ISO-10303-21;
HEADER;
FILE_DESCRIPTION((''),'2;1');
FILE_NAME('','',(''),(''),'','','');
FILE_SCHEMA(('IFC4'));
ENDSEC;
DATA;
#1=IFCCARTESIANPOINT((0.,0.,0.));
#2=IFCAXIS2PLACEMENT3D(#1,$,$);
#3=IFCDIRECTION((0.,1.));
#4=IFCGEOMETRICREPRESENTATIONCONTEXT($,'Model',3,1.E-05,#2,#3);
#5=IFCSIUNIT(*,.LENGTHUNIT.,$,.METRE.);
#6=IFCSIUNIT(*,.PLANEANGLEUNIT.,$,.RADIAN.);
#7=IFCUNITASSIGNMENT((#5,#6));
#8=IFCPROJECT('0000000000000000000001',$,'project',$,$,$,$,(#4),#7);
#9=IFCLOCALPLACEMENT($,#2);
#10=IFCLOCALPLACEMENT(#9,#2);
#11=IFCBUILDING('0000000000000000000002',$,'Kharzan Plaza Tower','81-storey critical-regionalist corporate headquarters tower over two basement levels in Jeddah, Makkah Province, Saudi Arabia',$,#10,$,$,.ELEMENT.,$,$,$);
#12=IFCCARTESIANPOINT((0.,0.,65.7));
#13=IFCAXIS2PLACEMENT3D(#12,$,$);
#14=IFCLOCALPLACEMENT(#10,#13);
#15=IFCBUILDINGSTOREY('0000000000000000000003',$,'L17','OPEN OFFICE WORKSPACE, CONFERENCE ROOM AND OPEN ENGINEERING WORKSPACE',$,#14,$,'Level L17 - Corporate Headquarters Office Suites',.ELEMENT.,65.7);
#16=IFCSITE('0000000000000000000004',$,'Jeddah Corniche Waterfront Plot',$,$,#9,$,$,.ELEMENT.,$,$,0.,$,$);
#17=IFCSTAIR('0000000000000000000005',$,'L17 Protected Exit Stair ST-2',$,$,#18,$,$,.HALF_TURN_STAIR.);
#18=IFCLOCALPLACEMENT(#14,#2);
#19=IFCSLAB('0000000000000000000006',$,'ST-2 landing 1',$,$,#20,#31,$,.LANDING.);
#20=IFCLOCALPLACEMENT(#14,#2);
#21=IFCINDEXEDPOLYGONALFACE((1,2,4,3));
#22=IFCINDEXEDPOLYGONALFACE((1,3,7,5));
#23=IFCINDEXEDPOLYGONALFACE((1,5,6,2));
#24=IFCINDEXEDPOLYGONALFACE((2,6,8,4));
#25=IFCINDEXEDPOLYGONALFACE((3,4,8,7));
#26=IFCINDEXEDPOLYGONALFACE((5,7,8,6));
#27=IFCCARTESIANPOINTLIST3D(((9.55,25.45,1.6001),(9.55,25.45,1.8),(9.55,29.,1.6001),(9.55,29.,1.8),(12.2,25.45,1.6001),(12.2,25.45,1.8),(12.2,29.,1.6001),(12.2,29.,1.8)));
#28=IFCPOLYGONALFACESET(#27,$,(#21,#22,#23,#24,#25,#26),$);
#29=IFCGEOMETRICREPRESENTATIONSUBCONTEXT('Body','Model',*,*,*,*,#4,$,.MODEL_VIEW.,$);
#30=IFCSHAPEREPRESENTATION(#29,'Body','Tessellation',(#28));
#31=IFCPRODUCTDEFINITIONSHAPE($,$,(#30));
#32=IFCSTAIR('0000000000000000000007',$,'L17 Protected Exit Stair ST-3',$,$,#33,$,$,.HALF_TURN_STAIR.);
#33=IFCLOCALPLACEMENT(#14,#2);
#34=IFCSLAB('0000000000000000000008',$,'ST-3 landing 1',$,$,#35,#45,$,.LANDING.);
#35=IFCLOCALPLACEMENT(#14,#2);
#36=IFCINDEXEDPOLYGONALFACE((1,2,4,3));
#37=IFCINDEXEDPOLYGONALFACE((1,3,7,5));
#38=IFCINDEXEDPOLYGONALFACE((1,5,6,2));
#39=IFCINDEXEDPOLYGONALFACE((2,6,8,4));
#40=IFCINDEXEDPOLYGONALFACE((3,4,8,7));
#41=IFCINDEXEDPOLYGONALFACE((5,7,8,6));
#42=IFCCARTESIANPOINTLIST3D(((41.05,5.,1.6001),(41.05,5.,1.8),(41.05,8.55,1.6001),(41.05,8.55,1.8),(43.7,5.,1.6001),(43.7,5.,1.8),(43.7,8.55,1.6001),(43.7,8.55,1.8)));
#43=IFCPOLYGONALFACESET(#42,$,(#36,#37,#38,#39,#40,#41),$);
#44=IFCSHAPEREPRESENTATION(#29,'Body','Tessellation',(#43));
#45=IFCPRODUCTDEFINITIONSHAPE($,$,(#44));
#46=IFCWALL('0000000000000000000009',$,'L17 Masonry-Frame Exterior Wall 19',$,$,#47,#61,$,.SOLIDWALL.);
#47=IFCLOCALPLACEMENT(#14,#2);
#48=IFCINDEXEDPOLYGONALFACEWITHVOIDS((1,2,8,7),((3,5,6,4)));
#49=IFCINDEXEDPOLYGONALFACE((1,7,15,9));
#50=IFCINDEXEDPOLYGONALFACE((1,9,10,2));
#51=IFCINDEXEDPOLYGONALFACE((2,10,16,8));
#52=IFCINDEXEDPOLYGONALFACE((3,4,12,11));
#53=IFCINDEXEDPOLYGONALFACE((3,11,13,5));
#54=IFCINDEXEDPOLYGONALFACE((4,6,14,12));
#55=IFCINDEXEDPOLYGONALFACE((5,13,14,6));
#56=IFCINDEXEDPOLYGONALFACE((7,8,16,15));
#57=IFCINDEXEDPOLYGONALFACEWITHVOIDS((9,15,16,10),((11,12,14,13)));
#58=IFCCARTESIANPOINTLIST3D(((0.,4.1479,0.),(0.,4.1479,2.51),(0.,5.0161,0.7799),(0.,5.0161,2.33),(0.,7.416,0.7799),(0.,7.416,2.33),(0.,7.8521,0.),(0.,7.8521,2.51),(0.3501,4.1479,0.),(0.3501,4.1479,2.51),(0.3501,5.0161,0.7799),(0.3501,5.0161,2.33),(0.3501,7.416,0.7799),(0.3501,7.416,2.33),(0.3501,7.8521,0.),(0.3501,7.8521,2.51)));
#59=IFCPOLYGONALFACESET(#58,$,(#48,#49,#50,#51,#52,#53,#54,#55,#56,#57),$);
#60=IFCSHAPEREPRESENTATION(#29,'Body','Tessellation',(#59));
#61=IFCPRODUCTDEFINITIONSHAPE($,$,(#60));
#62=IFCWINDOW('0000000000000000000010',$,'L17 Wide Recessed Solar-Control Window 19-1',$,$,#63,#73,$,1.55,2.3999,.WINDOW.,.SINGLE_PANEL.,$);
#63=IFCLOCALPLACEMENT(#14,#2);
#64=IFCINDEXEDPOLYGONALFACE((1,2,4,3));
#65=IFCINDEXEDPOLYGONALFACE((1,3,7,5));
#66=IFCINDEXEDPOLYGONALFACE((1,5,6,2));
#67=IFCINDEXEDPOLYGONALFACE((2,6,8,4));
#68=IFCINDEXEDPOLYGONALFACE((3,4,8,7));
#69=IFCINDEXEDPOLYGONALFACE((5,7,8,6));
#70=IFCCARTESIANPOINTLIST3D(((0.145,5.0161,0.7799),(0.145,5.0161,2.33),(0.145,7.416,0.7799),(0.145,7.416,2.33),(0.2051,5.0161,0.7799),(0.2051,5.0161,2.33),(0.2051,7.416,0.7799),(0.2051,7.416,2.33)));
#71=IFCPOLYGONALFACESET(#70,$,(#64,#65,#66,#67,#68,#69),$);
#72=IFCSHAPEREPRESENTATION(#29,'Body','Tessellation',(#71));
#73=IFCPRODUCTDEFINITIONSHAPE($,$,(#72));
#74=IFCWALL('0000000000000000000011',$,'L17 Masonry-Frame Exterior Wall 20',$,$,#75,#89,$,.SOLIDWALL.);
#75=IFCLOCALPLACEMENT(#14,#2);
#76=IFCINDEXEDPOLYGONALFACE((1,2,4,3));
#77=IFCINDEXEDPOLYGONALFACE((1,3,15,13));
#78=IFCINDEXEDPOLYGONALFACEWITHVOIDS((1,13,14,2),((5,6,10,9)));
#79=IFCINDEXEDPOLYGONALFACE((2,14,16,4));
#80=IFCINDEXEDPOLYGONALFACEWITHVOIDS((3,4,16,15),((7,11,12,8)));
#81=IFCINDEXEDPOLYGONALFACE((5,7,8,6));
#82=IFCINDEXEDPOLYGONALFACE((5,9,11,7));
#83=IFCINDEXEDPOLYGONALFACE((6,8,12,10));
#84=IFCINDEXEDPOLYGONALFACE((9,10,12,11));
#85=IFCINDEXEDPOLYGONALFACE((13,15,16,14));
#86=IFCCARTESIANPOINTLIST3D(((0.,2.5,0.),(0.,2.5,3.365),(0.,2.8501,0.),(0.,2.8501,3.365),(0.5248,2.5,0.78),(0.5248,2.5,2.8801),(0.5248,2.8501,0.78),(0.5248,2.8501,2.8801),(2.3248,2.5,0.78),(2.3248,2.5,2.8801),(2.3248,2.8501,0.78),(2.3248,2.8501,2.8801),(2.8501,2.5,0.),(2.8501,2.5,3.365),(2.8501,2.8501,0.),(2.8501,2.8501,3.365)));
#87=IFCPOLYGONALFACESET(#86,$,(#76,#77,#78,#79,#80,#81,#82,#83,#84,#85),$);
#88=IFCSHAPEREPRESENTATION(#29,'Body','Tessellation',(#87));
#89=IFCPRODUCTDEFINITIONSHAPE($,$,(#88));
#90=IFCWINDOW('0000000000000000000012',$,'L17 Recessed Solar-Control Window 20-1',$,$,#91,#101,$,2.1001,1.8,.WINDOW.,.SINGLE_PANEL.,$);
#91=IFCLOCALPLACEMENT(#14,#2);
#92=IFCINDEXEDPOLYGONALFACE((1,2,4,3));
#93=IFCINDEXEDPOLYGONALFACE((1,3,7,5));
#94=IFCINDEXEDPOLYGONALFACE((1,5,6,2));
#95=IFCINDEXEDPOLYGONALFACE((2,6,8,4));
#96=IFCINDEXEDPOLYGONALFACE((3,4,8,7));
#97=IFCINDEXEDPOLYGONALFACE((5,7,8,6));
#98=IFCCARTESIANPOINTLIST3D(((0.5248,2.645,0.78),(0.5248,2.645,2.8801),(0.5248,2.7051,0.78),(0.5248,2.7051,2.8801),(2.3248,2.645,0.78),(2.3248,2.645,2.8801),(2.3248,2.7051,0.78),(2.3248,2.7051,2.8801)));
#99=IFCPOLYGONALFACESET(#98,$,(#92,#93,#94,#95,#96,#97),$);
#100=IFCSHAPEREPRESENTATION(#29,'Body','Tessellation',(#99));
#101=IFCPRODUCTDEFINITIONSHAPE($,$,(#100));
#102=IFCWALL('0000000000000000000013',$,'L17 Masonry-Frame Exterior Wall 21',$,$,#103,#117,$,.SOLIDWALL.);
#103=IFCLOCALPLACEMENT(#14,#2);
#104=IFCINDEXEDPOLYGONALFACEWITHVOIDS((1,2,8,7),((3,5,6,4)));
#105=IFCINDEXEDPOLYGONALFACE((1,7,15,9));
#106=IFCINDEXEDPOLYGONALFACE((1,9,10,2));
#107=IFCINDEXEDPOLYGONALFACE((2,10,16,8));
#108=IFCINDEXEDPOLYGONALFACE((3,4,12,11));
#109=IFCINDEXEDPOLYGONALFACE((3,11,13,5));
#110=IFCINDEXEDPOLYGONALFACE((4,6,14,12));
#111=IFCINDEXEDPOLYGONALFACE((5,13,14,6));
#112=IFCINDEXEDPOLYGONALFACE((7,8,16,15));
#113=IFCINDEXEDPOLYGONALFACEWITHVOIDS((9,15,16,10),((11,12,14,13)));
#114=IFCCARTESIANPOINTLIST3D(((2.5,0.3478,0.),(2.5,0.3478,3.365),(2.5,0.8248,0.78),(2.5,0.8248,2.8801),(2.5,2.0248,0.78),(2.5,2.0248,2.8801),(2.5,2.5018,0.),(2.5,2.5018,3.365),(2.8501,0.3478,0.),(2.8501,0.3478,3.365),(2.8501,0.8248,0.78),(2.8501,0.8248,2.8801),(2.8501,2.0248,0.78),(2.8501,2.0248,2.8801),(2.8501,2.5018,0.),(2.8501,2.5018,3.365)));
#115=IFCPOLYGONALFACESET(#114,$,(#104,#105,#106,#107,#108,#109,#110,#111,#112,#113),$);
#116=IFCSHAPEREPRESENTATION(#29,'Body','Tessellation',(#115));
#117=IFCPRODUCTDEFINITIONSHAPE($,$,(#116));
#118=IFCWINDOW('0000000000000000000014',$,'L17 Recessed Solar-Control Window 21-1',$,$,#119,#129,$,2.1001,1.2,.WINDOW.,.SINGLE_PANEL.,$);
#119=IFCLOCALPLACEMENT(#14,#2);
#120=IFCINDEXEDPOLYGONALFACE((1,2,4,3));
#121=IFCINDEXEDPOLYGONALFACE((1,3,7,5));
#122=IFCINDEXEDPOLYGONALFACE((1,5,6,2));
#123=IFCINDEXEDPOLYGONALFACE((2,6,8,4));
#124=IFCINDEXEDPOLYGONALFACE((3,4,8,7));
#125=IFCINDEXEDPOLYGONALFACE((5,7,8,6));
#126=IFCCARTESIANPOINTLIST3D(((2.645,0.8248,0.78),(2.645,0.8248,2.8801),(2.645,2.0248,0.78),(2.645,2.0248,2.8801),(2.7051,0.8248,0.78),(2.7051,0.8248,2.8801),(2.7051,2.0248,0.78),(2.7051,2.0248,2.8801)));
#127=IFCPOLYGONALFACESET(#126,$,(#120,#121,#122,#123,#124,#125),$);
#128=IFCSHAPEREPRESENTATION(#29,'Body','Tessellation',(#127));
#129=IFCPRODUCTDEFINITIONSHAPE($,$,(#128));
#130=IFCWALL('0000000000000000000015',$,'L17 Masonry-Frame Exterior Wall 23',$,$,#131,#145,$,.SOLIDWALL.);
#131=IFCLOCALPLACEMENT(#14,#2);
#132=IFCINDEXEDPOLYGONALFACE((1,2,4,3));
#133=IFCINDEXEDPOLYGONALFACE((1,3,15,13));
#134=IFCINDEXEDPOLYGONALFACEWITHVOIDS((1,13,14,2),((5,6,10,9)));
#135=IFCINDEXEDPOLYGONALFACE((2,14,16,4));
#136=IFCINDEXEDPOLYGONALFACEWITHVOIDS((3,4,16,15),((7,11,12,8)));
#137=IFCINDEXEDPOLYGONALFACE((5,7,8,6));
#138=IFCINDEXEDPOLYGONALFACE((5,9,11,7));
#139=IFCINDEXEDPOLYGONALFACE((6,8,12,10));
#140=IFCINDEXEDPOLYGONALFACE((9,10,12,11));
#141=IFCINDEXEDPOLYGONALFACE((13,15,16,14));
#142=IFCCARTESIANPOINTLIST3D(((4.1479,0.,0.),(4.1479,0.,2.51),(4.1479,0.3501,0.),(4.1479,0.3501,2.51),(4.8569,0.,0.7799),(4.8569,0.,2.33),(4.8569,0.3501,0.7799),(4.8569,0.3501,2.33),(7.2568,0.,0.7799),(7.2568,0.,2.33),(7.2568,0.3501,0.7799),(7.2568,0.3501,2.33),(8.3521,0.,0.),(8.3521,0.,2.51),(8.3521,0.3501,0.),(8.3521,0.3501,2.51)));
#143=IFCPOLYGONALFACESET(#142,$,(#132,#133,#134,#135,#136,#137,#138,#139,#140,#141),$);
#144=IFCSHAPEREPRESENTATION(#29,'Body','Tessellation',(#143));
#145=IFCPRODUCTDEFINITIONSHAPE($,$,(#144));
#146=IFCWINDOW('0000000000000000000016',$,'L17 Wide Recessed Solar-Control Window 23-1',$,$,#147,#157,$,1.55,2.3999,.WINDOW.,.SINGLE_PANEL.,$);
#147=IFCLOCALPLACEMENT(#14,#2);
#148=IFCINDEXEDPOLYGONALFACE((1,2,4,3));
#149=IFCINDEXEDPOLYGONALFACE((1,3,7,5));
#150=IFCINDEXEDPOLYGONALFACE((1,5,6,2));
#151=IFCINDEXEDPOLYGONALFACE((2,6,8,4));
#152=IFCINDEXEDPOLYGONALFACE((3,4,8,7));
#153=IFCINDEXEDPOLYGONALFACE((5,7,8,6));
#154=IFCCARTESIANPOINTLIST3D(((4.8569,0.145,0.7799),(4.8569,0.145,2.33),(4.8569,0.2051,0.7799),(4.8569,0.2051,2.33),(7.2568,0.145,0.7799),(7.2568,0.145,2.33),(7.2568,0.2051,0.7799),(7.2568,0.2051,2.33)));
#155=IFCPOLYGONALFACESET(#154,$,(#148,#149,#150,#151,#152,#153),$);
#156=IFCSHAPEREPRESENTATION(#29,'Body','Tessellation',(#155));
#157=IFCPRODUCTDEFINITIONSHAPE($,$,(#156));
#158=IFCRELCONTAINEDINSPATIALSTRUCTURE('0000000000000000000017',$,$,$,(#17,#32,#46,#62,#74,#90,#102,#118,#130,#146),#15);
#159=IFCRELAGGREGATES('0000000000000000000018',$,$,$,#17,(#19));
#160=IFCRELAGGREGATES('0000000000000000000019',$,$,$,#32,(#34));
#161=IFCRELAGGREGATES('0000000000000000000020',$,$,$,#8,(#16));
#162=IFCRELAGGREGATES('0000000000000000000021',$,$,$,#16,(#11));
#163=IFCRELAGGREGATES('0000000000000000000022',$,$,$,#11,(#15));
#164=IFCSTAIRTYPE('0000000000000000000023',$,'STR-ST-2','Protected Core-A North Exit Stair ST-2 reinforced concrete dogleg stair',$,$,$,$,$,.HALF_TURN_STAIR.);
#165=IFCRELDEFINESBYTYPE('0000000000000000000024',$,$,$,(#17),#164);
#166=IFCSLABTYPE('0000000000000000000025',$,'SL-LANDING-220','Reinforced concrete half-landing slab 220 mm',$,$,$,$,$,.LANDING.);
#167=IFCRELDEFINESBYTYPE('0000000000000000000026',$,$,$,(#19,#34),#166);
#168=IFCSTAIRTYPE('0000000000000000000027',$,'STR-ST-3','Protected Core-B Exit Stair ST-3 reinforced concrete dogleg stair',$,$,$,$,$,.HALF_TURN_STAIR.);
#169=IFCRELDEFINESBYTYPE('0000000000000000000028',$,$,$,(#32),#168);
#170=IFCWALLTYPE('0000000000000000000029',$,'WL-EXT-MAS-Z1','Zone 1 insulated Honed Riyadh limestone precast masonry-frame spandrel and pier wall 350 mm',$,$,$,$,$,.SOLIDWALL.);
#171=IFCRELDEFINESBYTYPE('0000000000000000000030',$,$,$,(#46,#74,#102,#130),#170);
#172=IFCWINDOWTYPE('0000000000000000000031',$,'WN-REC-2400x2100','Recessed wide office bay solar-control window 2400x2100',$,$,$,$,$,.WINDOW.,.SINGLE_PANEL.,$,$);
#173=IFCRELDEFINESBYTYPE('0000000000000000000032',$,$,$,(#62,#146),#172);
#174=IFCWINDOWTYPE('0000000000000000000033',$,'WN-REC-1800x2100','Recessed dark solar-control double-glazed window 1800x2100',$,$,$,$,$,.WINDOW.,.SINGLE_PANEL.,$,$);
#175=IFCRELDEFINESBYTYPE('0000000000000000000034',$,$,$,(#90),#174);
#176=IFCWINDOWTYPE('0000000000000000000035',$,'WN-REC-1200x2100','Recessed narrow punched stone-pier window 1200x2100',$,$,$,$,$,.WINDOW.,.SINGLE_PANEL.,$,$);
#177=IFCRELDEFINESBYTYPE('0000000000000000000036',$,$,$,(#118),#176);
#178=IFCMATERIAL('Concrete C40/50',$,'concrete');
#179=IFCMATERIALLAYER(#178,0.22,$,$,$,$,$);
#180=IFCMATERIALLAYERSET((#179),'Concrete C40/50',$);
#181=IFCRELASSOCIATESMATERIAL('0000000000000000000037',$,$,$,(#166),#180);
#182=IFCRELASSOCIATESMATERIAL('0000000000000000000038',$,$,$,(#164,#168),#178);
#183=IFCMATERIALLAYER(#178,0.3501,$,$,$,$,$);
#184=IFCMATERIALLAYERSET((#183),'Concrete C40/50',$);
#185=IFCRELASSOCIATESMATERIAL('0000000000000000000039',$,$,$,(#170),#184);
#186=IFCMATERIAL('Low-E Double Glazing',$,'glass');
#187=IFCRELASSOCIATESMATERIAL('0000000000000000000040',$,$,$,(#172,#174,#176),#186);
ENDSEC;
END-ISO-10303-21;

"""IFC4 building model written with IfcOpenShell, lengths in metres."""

from ifc_helpers import new_model, si_unit, direction, frame, frame_2d, origin, place, context, subcontext, project, spatial, polyline, rectangle, outline, extrude, source, transform, mapped, material, layer, layer_set, type_object, element, fill, aggregate, save


model = new_model("IFC4")

# Units and contexts
model_context = context("Model", 3, precision=1e-05, world=origin(), true_north=direction((0.0, 1.0)))
body_context = subcontext(model_context, "Body", "Model", "MODEL_VIEW")
ifc_project = project(units=[si_unit("LENGTHUNIT", "METRE"), si_unit("PLANEANGLEUNIT", "RADIAN")], contexts=[model_context])

# Site, building, storey
site_placement = place(None, origin())
site = spatial("IfcSite", under=ifc_project, at=site_placement, Name="Jeddah Corniche Waterfront Plot", CompositionType="ELEMENT", RefElevation=0.0)
building_placement = place(site_placement, origin())
building = spatial("IfcBuilding", under=site, at=building_placement, Name="Kharzan Plaza Tower", Description="81-storey critical-regionalist corporate headquarters tower over two basement levels in Jeddah, Makkah Province, Saudi Arabia", CompositionType="ELEMENT")
storey_placement = place(building_placement, frame((0.0, 0.0, 65.7)))
storey = spatial("IfcBuildingStorey", under=building, at=storey_placement, Name="L17", Description="OPEN OFFICE WORKSPACE, CONFERENCE ROOM AND OPEN ENGINEERING WORKSPACE", LongName="Level L17 - Corporate Headquarters Office Suites", CompositionType="ELEMENT", Elevation=65.7)

# Shared definitions
ifc_material_1 = material(Name="Concrete C40/50", Category="concrete")

# Stairs, slabs
ifc_layer_1 = layer(ifc_material_1, 0.22)
ifc_layer_set_1 = layer_set([ifc_layer_1], Name="Concrete C40/50")
slab_type_1 = type_object("IfcSlabType", Name="SL-LANDING-220", Description="Reinforced concrete half-landing slab 220 mm", PredefinedType="LANDING", material=ifc_layer_set_1)
stair_type_1 = type_object("IfcStairType", Name="STR-ST-2", Description="Protected Core-A North Exit Stair ST-2 reinforced concrete dogleg stair", PredefinedType="HALF_TURN_STAIR", material=ifc_material_1)
stair_1_placement = place(storey_placement, origin())
stair_1 = element("IfcStair", 1, at=stair_1_placement, inside=storey, type_object=stair_type_1, Name="L17 Protected Exit Stair ST-2", PredefinedType="HALF_TURN_STAIR")
slab_1_placement = place(storey_placement, frame((0.0, 0.0, 1.6001)))
slab_1 = element("IfcSlab", 2, at=slab_1_placement, type_object=slab_type_1, Name="ST-2 landing 1", PredefinedType="LANDING", context=body_context, shape_type="SweptSolid", body=[
    extrude(outline(polyline([(9.55, 25.45), (12.2, 25.45), (12.2, 29.0), (9.55, 29.0), (9.55, 25.45)])), origin(), (0.0, 0.0, 1.0), 0.2),
])
aggregate(stair_1, [slab_1])
stair_type_2 = type_object("IfcStairType", Name="STR-ST-3", Description="Protected Core-B Exit Stair ST-3 reinforced concrete dogleg stair", PredefinedType="HALF_TURN_STAIR", material=ifc_material_1)
stair_2_placement = place(storey_placement, origin())
stair_2 = element("IfcStair", 3, at=stair_2_placement, inside=storey, type_object=stair_type_2, Name="L17 Protected Exit Stair ST-3", PredefinedType="HALF_TURN_STAIR")
slab_2_placement = place(storey_placement, frame((0.0, 0.0, 1.6001)))
slab_2 = element("IfcSlab", 4, at=slab_2_placement, type_object=slab_type_1, Name="ST-3 landing 1", PredefinedType="LANDING", context=body_context, shape_type="SweptSolid", body=[
    extrude(outline(polyline([(41.05, 5.0), (43.7, 5.0), (43.7, 8.55), (41.05, 8.55), (41.05, 5.0)])), origin(), (0.0, 0.0, 1.0), 0.2),
])
aggregate(stair_2, [slab_2])

# Walls, openings, windows
ifc_layer_2 = layer(ifc_material_1, 0.3501)
ifc_layer_set_2 = layer_set([ifc_layer_2], Name="Concrete C40/50")
wall_type_1 = type_object("IfcWallType", Name="WL-EXT-MAS-Z1", Description="Zone 1 insulated Honed Riyadh limestone precast masonry-frame spandrel and pier wall 350 mm", PredefinedType="SOLIDWALL", material=ifc_layer_set_2)
wall_1_placement = place(storey_placement, frame((0.175, 7.8521, 0.0), z_axis=(0.0, 0.0, 1.0), x_axis=(0.0, -1.0, 0.0)))
wall_1 = element("IfcWall", 5, at=wall_1_placement, inside=storey, type_object=wall_type_1, Name="L17 Masonry-Frame Exterior Wall 19", PredefinedType="SOLIDWALL", context=body_context, shape_type="SweptSolid", body=[
    extrude(rectangle(XDim=3.7041, YDim=0.3501, at=frame_2d((1.8521, 0.0))), origin(), (0.0, 0.0, 1.0), 2.51),
])
opening_1_placement = place(wall_1_placement, frame((0.436, 0.0, 0.78)))
opening_1 = element("IfcOpeningElement", 6, at=opening_1_placement, cuts=wall_1, PredefinedType="OPENING", context=body_context, shape_type="SweptSolid", body=[
    extrude(rectangle(XDim=2.3999, YDim=1.55, at=frame_2d((1.2, 0.7749))), frame((0.0, 0.1851, 0.0), z_axis=(0.0, -1.0, 0.0), x_axis=(1.0, 0.0, 0.0)), (0.0, 0.0, 1.0), 0.3701),
])
ifc_material_2 = material(Name="Low-E Double Glazing", Category="glass")
window_type_1 = type_object("IfcWindowType", Name="WN-REC-2400x2100", Description="Recessed wide office bay solar-control window 2400x2100", PartitioningType="SINGLE_PANEL", PredefinedType="WINDOW", material=ifc_material_2)
shared_shape_1 = source(origin(), body_context, "Body", "SweptSolid", [
    extrude(rectangle(XDim=2.3999, YDim=1.55, at=frame_2d((1.2, 0.7749))), frame((0.0, 0.03, 0.0), z_axis=(0.0, -1.0, 0.0), x_axis=(1.0, 0.0, 0.0)), (0.0, 0.0, 1.0), 0.0601),
])
window_1_placement = place(opening_1_placement, origin())
window_1 = element("IfcWindow", 7, at=window_1_placement, inside=storey, type_object=window_type_1, Name="L17 Wide Recessed Solar-Control Window 19-1", OverallHeight=1.55, OverallWidth=2.3999, PartitioningType="SINGLE_PANEL", PredefinedType="WINDOW", context=body_context, shape_type="MappedRepresentation", body=[
    mapped(shared_shape_1, transform((0.0, 0.0, 0.0), x_axis=(1.0, 0.0, 0.0), y_axis=(0.0, 1.0, 0.0), z_axis=(0.0, 0.0, 1.0))),
])
fill(opening_1, window_1)
wall_2_placement = place(storey_placement, frame((0.0, 2.675, 0.0), z_axis=(0.0, 0.0, 1.0), x_axis=(1.0, 0.0, 0.0)))
wall_2 = element("IfcWall", 8, at=wall_2_placement, inside=storey, type_object=wall_type_1, Name="L17 Masonry-Frame Exterior Wall 20", PredefinedType="SOLIDWALL", context=body_context, shape_type="SweptSolid", body=[
    extrude(rectangle(XDim=2.8501, YDim=0.3501, at=frame_2d((1.425, 0.0))), origin(), (0.0, 0.0, 1.0), 3.365),
])
opening_2_placement = place(wall_2_placement, frame((0.5249, 0.0, 0.78)))
opening_2 = element("IfcOpeningElement", 9, at=opening_2_placement, cuts=wall_2, PredefinedType="OPENING", context=body_context, shape_type="SweptSolid", body=[
    extrude(rectangle(XDim=1.8, YDim=2.1001, at=frame_2d((0.8999, 1.05))), frame((0.0, 0.1851, 0.0), z_axis=(0.0, -1.0, 0.0), x_axis=(1.0, 0.0, 0.0)), (0.0, 0.0, 1.0), 0.3701),
])
window_type_2 = type_object("IfcWindowType", Name="WN-REC-1800x2100", Description="Recessed dark solar-control double-glazed window 1800x2100", PartitioningType="SINGLE_PANEL", PredefinedType="WINDOW", material=ifc_material_2)
shared_shape_2 = source(origin(), body_context, "Body", "SweptSolid", [
    extrude(rectangle(XDim=1.8, YDim=2.1001, at=frame_2d((0.8999, 1.05))), frame((0.0, 0.03, 0.0), z_axis=(0.0, -1.0, 0.0), x_axis=(1.0, 0.0, 0.0)), (0.0, 0.0, 1.0), 0.0601),
])
window_2_placement = place(opening_2_placement, origin())
window_2 = element("IfcWindow", 10, at=window_2_placement, inside=storey, type_object=window_type_2, Name="L17 Recessed Solar-Control Window 20-1", OverallHeight=2.1001, OverallWidth=1.8, PartitioningType="SINGLE_PANEL", PredefinedType="WINDOW", context=body_context, shape_type="MappedRepresentation", body=[
    mapped(shared_shape_2, transform((0.0, 0.0, 0.0), x_axis=(1.0, 0.0, 0.0), y_axis=(0.0, 1.0, 0.0), z_axis=(0.0, 0.0, 1.0))),
])
fill(opening_2, window_2)
wall_3_placement = place(storey_placement, frame((2.675, 2.502, 0.0), z_axis=(0.0, 0.0, 1.0), x_axis=(0.0, -1.0, 0.0)))
wall_3 = element("IfcWall", 11, at=wall_3_placement, inside=storey, type_object=wall_type_1, Name="L17 Masonry-Frame Exterior Wall 21", PredefinedType="SOLIDWALL", context=body_context, shape_type="SweptSolid", body=[
    extrude(rectangle(XDim=2.1541, YDim=0.3501, at=frame_2d((1.0771, 0.0))), origin(), (0.0, 0.0, 1.0), 3.365),
])
opening_3_placement = place(wall_3_placement, frame((0.4771, 0.0, 0.78)))
opening_3 = element("IfcOpeningElement", 12, at=opening_3_placement, cuts=wall_3, PredefinedType="OPENING", context=body_context, shape_type="SweptSolid", body=[
    extrude(rectangle(XDim=1.2, YDim=2.1001, at=frame_2d((0.6001, 1.05))), frame((0.0, 0.1851, 0.0), z_axis=(0.0, -1.0, 0.0), x_axis=(1.0, 0.0, 0.0)), (0.0, 0.0, 1.0), 0.3701),
])
window_type_3 = type_object("IfcWindowType", Name="WN-REC-1200x2100", Description="Recessed narrow punched stone-pier window 1200x2100", PartitioningType="SINGLE_PANEL", PredefinedType="WINDOW", material=ifc_material_2)
shared_shape_3 = source(origin(), body_context, "Body", "SweptSolid", [
    extrude(rectangle(XDim=1.2, YDim=2.1001, at=frame_2d((0.6001, 1.05))), frame((0.0, 0.03, 0.0), z_axis=(0.0, -1.0, 0.0), x_axis=(1.0, 0.0, 0.0)), (0.0, 0.0, 1.0), 0.0601),
])
window_3_placement = place(opening_3_placement, origin())
window_3 = element("IfcWindow", 13, at=window_3_placement, inside=storey, type_object=window_type_3, Name="L17 Recessed Solar-Control Window 21-1", OverallHeight=2.1001, OverallWidth=1.2, PartitioningType="SINGLE_PANEL", PredefinedType="WINDOW", context=body_context, shape_type="MappedRepresentation", body=[
    mapped(shared_shape_3, transform((0.0, 0.0, 0.0), x_axis=(1.0, 0.0, 0.0), y_axis=(0.0, 1.0, 0.0), z_axis=(0.0, 0.0, 1.0))),
])
fill(opening_3, window_3)
wall_4_placement = place(storey_placement, frame((4.1479, 0.175, 0.0), z_axis=(0.0, 0.0, 1.0), x_axis=(1.0, 0.0, 0.0)))
wall_4 = element("IfcWall", 14, at=wall_4_placement, inside=storey, type_object=wall_type_1, Name="L17 Masonry-Frame Exterior Wall 23", PredefinedType="SOLIDWALL", context=body_context, shape_type="SweptSolid", body=[
    extrude(rectangle(XDim=4.2041, YDim=0.3501, at=frame_2d((2.1021, 0.0))), origin(), (0.0, 0.0, 1.0), 2.51),
])
opening_4_placement = place(wall_4_placement, frame((0.709, 0.0, 0.78)))
opening_4 = element("IfcOpeningElement", 15, at=opening_4_placement, cuts=wall_4, PredefinedType="OPENING", context=body_context, shape_type="SweptSolid", body=[
    extrude(rectangle(XDim=2.3999, YDim=1.55, at=frame_2d((1.2, 0.7749))), frame((0.0, 0.1851, 0.0), z_axis=(0.0, -1.0, 0.0), x_axis=(1.0, 0.0, 0.0)), (0.0, 0.0, 1.0), 0.3701),
])
window_4_placement = place(opening_4_placement, origin())
window_4 = element("IfcWindow", 16, at=window_4_placement, inside=storey, type_object=window_type_1, Name="L17 Wide Recessed Solar-Control Window 23-1", OverallHeight=1.55, OverallWidth=2.3999, PartitioningType="SINGLE_PANEL", PredefinedType="WINDOW", context=body_context, shape_type="MappedRepresentation", body=[
    mapped(shared_shape_1, transform((0.0, 0.0, 0.0), x_axis=(1.0, 0.0, 0.0), y_axis=(0.0, 1.0, 0.0), z_axis=(0.0, 0.0, 1.0))),
])
fill(opening_4, window_4)

save(model, "model.ifc")
